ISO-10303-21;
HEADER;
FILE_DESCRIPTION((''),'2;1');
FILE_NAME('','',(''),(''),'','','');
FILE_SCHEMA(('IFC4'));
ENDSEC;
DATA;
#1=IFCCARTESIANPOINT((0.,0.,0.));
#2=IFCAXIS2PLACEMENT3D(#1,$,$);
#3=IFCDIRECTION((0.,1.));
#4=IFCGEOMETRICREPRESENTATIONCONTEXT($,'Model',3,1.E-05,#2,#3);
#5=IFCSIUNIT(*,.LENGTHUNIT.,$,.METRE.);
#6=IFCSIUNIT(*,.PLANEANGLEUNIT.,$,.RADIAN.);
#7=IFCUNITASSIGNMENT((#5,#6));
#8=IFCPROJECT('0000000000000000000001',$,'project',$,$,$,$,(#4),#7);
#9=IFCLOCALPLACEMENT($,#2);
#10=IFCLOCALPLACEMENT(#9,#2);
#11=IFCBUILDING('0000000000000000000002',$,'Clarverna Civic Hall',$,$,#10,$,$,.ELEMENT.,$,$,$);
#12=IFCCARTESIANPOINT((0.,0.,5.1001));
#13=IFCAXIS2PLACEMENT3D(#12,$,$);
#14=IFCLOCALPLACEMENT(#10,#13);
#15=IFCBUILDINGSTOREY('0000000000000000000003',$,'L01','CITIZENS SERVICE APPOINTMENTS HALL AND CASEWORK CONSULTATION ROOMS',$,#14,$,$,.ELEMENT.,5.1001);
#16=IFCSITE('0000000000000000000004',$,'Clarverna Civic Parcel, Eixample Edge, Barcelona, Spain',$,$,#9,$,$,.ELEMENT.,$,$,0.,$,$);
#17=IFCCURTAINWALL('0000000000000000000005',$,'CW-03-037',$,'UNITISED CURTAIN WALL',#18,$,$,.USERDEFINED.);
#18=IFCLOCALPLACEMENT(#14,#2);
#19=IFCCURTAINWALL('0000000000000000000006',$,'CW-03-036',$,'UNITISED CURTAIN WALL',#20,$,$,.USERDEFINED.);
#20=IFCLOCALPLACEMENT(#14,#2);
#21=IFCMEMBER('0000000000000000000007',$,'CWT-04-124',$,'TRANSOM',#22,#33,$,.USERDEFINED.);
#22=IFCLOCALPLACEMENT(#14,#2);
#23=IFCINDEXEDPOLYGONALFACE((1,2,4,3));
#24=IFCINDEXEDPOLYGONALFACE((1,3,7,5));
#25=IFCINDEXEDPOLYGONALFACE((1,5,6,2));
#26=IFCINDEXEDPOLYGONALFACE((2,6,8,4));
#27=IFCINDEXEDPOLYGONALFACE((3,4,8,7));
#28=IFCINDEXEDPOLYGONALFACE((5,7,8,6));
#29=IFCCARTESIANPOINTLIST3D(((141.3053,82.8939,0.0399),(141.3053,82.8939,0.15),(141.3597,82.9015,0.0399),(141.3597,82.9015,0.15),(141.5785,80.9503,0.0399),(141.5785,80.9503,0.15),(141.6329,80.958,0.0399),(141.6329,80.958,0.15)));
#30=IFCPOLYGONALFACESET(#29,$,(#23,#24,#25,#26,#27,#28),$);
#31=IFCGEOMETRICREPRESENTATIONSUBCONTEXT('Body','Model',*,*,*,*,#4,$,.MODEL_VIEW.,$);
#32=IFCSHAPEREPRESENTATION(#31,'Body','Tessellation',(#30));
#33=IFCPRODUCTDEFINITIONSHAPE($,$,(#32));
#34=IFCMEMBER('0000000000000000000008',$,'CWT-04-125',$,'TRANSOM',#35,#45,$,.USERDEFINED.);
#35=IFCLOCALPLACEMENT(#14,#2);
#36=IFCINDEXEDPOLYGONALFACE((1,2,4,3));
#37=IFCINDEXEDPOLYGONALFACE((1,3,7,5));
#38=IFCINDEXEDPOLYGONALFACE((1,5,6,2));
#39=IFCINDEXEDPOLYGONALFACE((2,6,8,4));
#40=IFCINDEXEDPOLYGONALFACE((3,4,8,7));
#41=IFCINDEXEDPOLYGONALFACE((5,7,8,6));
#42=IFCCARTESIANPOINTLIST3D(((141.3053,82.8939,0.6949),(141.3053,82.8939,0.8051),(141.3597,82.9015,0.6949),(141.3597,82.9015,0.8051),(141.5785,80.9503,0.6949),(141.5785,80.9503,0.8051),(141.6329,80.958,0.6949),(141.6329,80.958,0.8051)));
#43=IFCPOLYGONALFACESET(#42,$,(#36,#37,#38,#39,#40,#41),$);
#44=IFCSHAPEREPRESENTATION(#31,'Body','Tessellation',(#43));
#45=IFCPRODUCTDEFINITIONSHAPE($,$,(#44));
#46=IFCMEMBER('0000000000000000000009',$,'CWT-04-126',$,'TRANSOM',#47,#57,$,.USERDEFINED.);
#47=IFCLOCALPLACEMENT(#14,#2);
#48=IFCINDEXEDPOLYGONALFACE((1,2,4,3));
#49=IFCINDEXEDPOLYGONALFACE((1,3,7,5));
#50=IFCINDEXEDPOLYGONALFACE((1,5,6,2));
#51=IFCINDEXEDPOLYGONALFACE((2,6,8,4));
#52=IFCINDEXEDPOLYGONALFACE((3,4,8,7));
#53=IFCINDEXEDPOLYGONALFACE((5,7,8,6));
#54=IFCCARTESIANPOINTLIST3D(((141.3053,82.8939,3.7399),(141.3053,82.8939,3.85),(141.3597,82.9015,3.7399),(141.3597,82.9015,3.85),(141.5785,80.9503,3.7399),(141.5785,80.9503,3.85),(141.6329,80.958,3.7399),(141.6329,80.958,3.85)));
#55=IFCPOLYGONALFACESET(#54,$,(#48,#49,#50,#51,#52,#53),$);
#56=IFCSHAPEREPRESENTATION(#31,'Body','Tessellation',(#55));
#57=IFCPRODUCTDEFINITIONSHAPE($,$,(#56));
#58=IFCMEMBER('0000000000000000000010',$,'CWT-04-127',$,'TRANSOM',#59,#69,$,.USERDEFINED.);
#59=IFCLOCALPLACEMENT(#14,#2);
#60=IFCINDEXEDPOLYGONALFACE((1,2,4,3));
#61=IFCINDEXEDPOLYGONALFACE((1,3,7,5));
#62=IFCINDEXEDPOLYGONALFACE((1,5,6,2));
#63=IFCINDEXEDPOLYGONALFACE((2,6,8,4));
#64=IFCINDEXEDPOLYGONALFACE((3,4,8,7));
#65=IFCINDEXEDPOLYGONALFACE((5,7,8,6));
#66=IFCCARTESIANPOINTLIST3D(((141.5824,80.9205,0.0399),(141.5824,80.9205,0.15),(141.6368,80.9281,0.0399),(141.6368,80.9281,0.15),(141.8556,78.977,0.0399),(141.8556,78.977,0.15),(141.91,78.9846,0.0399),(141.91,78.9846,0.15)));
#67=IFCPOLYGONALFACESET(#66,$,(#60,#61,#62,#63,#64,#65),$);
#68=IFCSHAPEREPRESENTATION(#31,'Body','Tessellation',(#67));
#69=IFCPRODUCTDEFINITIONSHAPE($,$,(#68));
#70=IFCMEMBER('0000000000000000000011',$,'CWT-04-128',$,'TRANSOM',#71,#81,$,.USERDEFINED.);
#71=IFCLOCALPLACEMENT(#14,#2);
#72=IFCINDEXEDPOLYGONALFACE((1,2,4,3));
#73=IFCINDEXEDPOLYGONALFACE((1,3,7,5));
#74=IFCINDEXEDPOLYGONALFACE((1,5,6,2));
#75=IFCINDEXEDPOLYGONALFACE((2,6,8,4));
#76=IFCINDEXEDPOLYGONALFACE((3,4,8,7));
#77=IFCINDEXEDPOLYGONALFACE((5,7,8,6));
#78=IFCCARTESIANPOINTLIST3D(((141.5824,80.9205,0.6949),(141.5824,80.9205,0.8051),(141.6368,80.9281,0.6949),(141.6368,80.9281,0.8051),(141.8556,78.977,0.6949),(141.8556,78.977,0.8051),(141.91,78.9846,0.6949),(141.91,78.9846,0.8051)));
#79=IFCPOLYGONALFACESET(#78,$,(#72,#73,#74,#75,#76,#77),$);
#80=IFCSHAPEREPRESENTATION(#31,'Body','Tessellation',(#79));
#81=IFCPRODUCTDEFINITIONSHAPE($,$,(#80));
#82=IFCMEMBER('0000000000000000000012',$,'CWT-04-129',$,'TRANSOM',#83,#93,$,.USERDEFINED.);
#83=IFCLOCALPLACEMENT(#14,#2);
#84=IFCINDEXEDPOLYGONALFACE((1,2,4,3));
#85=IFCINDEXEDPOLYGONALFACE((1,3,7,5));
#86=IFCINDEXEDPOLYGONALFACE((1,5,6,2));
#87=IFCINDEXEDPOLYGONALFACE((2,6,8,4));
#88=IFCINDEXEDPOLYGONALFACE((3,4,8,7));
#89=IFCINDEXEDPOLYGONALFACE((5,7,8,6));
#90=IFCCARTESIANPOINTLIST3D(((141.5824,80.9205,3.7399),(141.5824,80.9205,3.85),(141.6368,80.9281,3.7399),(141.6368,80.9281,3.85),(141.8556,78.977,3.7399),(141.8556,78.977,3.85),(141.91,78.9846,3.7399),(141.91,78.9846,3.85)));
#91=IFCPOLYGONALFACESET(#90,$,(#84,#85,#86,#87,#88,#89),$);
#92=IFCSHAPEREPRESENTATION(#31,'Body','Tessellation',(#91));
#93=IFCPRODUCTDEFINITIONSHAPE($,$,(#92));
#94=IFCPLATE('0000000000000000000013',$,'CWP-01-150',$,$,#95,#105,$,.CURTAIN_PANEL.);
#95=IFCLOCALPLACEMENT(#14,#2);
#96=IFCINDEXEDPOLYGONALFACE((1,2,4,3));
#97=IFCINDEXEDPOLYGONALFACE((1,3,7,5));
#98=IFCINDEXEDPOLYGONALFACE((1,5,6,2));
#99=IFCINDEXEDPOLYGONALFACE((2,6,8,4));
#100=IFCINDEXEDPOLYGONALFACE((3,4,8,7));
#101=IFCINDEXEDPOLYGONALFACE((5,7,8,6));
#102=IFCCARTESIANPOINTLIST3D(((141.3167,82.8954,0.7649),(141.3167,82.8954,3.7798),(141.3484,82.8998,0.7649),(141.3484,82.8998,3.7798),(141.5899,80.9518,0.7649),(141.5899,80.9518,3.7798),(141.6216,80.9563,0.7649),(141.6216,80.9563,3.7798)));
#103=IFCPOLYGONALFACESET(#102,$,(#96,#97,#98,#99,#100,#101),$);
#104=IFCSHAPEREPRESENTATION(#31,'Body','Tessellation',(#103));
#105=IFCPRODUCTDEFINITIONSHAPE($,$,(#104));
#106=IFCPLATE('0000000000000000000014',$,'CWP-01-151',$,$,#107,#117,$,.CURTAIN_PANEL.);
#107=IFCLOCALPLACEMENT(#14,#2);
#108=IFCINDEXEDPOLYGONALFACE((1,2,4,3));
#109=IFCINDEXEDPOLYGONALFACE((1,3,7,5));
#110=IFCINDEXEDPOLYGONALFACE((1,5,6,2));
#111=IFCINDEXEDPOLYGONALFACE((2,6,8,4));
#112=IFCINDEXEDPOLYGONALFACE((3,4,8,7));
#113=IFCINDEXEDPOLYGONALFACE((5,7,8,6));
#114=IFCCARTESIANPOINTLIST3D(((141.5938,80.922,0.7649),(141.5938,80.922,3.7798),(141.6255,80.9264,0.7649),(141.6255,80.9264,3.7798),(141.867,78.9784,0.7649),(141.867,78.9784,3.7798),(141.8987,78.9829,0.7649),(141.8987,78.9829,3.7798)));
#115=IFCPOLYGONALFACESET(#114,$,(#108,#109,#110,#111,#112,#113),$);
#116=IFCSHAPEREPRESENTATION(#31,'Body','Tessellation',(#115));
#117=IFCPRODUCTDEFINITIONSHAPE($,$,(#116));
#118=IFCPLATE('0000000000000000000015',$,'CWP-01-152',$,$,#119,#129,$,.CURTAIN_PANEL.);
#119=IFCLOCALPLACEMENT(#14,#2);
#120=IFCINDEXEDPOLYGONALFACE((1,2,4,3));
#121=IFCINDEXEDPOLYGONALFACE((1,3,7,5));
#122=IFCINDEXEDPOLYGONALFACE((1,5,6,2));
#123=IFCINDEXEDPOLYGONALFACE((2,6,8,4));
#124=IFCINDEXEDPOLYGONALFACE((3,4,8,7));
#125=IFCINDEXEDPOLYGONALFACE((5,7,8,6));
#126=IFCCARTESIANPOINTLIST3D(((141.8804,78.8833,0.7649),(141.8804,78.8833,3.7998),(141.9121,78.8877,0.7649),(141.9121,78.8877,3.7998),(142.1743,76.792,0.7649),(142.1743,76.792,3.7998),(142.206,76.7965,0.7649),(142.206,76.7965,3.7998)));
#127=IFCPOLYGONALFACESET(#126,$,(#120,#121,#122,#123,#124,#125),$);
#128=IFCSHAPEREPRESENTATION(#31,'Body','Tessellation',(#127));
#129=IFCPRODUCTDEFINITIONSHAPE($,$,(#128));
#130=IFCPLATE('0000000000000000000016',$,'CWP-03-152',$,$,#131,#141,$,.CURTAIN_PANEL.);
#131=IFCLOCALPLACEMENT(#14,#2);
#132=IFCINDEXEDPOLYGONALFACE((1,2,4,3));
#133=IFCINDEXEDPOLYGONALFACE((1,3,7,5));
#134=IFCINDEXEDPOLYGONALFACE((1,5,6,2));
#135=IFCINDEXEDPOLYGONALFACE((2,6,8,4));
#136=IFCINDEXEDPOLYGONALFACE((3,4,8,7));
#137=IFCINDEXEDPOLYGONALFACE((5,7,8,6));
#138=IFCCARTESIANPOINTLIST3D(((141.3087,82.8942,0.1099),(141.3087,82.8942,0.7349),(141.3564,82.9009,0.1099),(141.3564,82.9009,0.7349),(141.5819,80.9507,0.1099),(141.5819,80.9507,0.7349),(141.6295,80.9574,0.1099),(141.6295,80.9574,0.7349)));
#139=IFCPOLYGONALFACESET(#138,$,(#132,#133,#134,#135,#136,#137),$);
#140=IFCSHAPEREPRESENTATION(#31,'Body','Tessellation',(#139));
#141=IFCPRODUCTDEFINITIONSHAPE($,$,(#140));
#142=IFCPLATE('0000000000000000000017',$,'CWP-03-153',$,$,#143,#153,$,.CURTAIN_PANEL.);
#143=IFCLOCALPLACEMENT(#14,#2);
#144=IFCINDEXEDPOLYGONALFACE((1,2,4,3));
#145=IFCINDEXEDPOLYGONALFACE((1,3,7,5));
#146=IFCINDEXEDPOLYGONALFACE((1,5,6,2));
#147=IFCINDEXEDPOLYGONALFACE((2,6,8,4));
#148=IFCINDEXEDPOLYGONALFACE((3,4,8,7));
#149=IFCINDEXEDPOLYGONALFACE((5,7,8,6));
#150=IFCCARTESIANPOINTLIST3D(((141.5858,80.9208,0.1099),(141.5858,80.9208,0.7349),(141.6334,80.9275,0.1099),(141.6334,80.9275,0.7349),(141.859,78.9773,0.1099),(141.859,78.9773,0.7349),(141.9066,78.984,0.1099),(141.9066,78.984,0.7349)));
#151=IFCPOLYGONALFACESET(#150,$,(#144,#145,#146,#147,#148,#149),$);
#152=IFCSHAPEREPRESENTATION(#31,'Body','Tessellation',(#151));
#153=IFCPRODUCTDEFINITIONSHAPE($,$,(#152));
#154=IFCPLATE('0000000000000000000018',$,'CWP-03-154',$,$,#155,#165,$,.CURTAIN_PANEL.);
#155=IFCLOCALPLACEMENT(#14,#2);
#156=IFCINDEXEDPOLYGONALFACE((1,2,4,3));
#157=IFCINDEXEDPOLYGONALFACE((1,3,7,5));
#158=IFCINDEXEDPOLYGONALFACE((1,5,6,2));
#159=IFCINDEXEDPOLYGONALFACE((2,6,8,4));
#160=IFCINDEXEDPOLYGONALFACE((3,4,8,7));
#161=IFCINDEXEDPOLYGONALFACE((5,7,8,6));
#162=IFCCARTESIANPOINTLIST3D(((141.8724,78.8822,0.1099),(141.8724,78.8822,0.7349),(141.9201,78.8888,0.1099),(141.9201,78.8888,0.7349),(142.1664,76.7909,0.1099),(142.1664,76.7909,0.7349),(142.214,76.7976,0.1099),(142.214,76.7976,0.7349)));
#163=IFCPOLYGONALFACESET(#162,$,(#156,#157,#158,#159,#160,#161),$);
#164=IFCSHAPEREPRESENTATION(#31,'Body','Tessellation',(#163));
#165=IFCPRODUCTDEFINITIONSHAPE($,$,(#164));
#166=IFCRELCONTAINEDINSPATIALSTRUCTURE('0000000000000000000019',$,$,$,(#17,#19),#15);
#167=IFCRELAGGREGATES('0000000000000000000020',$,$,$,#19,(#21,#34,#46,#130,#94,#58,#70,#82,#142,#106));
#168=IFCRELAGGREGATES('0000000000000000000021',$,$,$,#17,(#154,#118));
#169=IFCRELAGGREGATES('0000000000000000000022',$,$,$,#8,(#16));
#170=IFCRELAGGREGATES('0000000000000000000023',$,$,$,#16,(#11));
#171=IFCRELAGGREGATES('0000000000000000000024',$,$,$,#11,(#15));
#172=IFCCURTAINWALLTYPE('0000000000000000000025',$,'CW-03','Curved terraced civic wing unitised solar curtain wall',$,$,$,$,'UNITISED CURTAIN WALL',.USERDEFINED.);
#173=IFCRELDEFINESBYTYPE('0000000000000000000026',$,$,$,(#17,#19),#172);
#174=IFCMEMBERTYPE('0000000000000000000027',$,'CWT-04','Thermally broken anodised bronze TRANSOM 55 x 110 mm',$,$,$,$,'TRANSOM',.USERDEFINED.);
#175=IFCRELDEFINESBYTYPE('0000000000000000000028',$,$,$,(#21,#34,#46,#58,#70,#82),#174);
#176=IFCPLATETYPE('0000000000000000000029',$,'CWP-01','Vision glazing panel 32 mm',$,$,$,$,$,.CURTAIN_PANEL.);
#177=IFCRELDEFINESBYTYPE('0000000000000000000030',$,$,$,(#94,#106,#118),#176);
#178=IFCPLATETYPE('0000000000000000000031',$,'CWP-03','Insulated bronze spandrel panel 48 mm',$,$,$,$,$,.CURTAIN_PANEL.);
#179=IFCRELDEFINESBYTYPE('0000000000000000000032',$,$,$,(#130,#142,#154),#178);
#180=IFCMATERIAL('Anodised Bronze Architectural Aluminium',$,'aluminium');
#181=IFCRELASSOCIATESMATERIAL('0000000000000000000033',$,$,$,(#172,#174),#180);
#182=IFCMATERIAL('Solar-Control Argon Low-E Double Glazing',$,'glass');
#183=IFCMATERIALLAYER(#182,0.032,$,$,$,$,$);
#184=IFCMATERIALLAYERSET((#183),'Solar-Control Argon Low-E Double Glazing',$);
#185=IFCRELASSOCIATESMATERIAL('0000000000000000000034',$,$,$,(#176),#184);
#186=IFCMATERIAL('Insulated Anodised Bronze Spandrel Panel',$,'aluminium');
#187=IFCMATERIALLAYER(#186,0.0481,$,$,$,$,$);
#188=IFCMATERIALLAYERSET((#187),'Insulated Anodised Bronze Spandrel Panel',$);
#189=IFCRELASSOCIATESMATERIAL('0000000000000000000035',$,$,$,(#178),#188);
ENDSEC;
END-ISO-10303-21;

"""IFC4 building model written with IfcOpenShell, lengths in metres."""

from ifc_helpers import new_model, si_unit, direction, frame, frame_2d, origin, origin_2d, place, context, subcontext, project, spatial, rectangle, extrude, material, layer, layer_set, material_profile, profile_set, type_object, element, aggregate, save


model = new_model("IFC4")

# Units and contexts
model_context = context("Model", 3, precision=1e-05, world=origin(), true_north=direction((0.0, 1.0)))
body_context = subcontext(model_context, "Body", "Model", "MODEL_VIEW")
ifc_project = project(units=[si_unit("LENGTHUNIT", "METRE"), si_unit("PLANEANGLEUNIT", "RADIAN")], contexts=[model_context])

# Site, building, storey
site_placement = place(None, origin())
site = spatial("IfcSite", under=ifc_project, at=site_placement, Name="Clarverna Civic Parcel, Eixample Edge, Barcelona, Spain", CompositionType="ELEMENT", RefElevation=0.0)
building_placement = place(site_placement, origin())
building = spatial("IfcBuilding", under=site, at=building_placement, Name="Clarverna Civic Hall", CompositionType="ELEMENT")
storey_placement = place(building_placement, frame((0.0, 0.0, 5.1001)))
storey = spatial("IfcBuildingStorey", under=building, at=storey_placement, Name="L01", Description="CITIZENS SERVICE APPOINTMENTS HALL AND CASEWORK CONSULTATION ROOMS", CompositionType="ELEMENT", Elevation=5.1001)

# Curtain wall
ifc_material_1 = material(Name="Anodised Bronze Architectural Aluminium", Category="aluminium")
curtain_wall_type = type_object("IfcCurtainWallType", Name="CW-03", Description="Curved terraced civic wing unitised solar curtain wall", ElementType="UNITISED CURTAIN WALL", PredefinedType="USERDEFINED", material=ifc_material_1)
curtain_wall_1_placement = place(storey_placement, origin())
curtain_wall_1 = element("IfcCurtainWall", 1, at=curtain_wall_1_placement, inside=storey, type_object=curtain_wall_type, Name="CW-03-037", ObjectType="UNITISED CURTAIN WALL", PredefinedType="USERDEFINED")

# Curtain wall
curtain_wall_2_placement = place(storey_placement, origin())
curtain_wall_2 = element("IfcCurtainWall", 2, at=curtain_wall_2_placement, inside=storey, type_object=curtain_wall_type, Name="CW-03-036", ObjectType="UNITISED CURTAIN WALL", PredefinedType="USERDEFINED")

# Members
ifc_material_profile_1 = material_profile(ifc_material_1, rectangle(XDim=0.0549, YDim=0.1101, at=origin_2d()), Name="BRONZE 55x110")
ifc_profile_set_1 = profile_set([ifc_material_profile_1], Name="Anodised Bronze Architectural Aluminium")
member_type_1 = type_object("IfcMemberType", Name="CWT-04", Description="Thermally broken anodised bronze TRANSOM 55 x 110 mm", ElementType="TRANSOM", PredefinedType="USERDEFINED", material=ifc_profile_set_1)
member_1_placement = place(storey_placement, frame((141.3325, 82.8977, 0.095), z_axis=(0.139192, -0.990265, 0.0), x_axis=(0.990265, 0.139192, 0.0)))
member_1 = element("IfcMember", 3, at=member_1_placement, type_object=member_type_1, Name="CWT-04-124", ObjectType="TRANSOM", PredefinedType="USERDEFINED", context=body_context, shape_type="SweptSolid", body=[
    extrude(rectangle(XDim=0.0549, YDim=0.1101, at=origin_2d()), origin(), (0.0, 0.0, 1.0), 1.9626),
])
member_2_placement = place(storey_placement, frame((141.3325, 82.8977, 0.75), z_axis=(0.139192, -0.990265, 0.0), x_axis=(0.990265, 0.139192, 0.0)))
member_2 = element("IfcMember", 4, at=member_2_placement, type_object=member_type_1, Name="CWT-04-125", ObjectType="TRANSOM", PredefinedType="USERDEFINED", context=body_context, shape_type="SweptSolid", body=[
    extrude(rectangle(XDim=0.0549, YDim=0.1101, at=origin_2d()), origin(), (0.0, 0.0, 1.0), 1.9626),
])
member_3_placement = place(storey_placement, frame((141.3325, 82.8977, 3.7949), z_axis=(0.139192, -0.990265, 0.0), x_axis=(0.990265, 0.139192, 0.0)))
member_3 = element("IfcMember", 5, at=member_3_placement, type_object=member_type_1, Name="CWT-04-126", ObjectType="TRANSOM", PredefinedType="USERDEFINED", context=body_context, shape_type="SweptSolid", body=[
    extrude(rectangle(XDim=0.0549, YDim=0.1101, at=origin_2d()), origin(), (0.0, 0.0, 1.0), 1.9626),
])
member_4_placement = place(storey_placement, frame((141.6096, 80.9243, 0.095), z_axis=(0.139192, -0.990265, 0.0), x_axis=(0.990265, 0.139192, 0.0)))
member_4 = element("IfcMember", 6, at=member_4_placement, type_object=member_type_1, Name="CWT-04-127", ObjectType="TRANSOM", PredefinedType="USERDEFINED", context=body_context, shape_type="SweptSolid", body=[
    extrude(rectangle(XDim=0.0549, YDim=0.1101, at=origin_2d()), origin(), (0.0, 0.0, 1.0), 1.9626),
])
member_5_placement = place(storey_placement, frame((141.6096, 80.9243, 0.75), z_axis=(0.139192, -0.990265, 0.0), x_axis=(0.990265, 0.139192, 0.0)))
member_5 = element("IfcMember", 7, at=member_5_placement, type_object=member_type_1, Name="CWT-04-128", ObjectType="TRANSOM", PredefinedType="USERDEFINED", context=body_context, shape_type="SweptSolid", body=[
    extrude(rectangle(XDim=0.0549, YDim=0.1101, at=origin_2d()), origin(), (0.0, 0.0, 1.0), 1.9626),
])
member_6_placement = place(storey_placement, frame((141.6096, 80.9243, 3.7949), z_axis=(0.139192, -0.990265, 0.0), x_axis=(0.990265, 0.139192, 0.0)))
member_6 = element("IfcMember", 8, at=member_6_placement, type_object=member_type_1, Name="CWT-04-129", ObjectType="TRANSOM", PredefinedType="USERDEFINED", context=body_context, shape_type="SweptSolid", body=[
    extrude(rectangle(XDim=0.0549, YDim=0.1101, at=origin_2d()), origin(), (0.0, 0.0, 1.0), 1.9626),
])

# Plates
ifc_material_2 = material(Name="Solar-Control Argon Low-E Double Glazing", Category="glass")
ifc_layer_1 = layer(ifc_material_2, 0.032)
ifc_layer_set_1 = layer_set([ifc_layer_1], Name="Solar-Control Argon Low-E Double Glazing")
plate_type_1 = type_object("IfcPlateType", Name="CWP-01", Description="Vision glazing panel 32 mm", PredefinedType="CURTAIN_PANEL", material=ifc_layer_set_1)
plate_1_placement = place(storey_placement, frame((141.3325, 82.8977, 0.7649), z_axis=(0.0, 0.0, 1.0), x_axis=(0.139192, -0.990265, 0.0)))
plate_1 = element("IfcPlate", 9, at=plate_1_placement, type_object=plate_type_1, Name="CWP-01-150", PredefinedType="CURTAIN_PANEL", context=body_context, shape_type="SweptSolid", body=[
    extrude(rectangle(XDim=1.9626, YDim=0.032, at=frame_2d((0.9814, 0.0))), origin(), (0.0, 0.0, 1.0), 3.0149),
])
plate_2_placement = place(storey_placement, frame((141.6096, 80.9243, 0.7649), z_axis=(0.0, 0.0, 1.0), x_axis=(0.139192, -0.990265, 0.0)))
plate_2 = element("IfcPlate", 10, at=plate_2_placement, type_object=plate_type_1, Name="CWP-01-151", PredefinedType="CURTAIN_PANEL", context=body_context, shape_type="SweptSolid", body=[
    extrude(rectangle(XDim=1.9626, YDim=0.032, at=frame_2d((0.9814, 0.0))), origin(), (0.0, 0.0, 1.0), 3.0149),
])
plate_3_placement = place(storey_placement, frame((141.8962, 78.8855, 0.7649), z_axis=(0.0, 0.0, 1.0), x_axis=(0.139188, -0.990266, 0.0)))
plate_3 = element("IfcPlate", 11, at=plate_3_placement, type_object=plate_type_1, Name="CWP-01-152", PredefinedType="CURTAIN_PANEL", context=body_context, shape_type="SweptSolid", body=[
    extrude(rectangle(XDim=2.1118, YDim=0.032, at=frame_2d((1.0559, 0.0))), origin(), (0.0, 0.0, 1.0), 3.0349),
])
ifc_material_3 = material(Name="Insulated Anodised Bronze Spandrel Panel", Category="aluminium")
ifc_layer_2 = layer(ifc_material_3, 0.0481)
ifc_layer_set_2 = layer_set([ifc_layer_2], Name="Insulated Anodised Bronze Spandrel Panel")
plate_type_2 = type_object("IfcPlateType", Name="CWP-03", Description="Insulated bronze spandrel panel 48 mm", PredefinedType="CURTAIN_PANEL", material=ifc_layer_set_2)
plate_4_placement = place(storey_placement, frame((141.3325, 82.8977, 0.1099), z_axis=(0.0, 0.0, 1.0), x_axis=(0.139192, -0.990265, 0.0)))
plate_4 = element("IfcPlate", 12, at=plate_4_placement, type_object=plate_type_2, Name="CWP-03-152", PredefinedType="CURTAIN_PANEL", context=body_context, shape_type="SweptSolid", body=[
    extrude(rectangle(XDim=1.9626, YDim=0.0481, at=frame_2d((0.9814, 0.0))), origin(), (0.0, 0.0, 1.0), 0.625),
])
plate_5_placement = place(storey_placement, frame((141.6096, 80.9243, 0.1099), z_axis=(0.0, 0.0, 1.0), x_axis=(0.139192, -0.990265, 0.0)))
plate_5 = element("IfcPlate", 13, at=plate_5_placement, type_object=plate_type_2, Name="CWP-03-153", PredefinedType="CURTAIN_PANEL", context=body_context, shape_type="SweptSolid", body=[
    extrude(rectangle(XDim=1.9626, YDim=0.0481, at=frame_2d((0.9814, 0.0))), origin(), (0.0, 0.0, 1.0), 0.625),
])
aggregate(curtain_wall_2, [member_1, member_2, member_3, plate_4, plate_1, member_4, member_5, member_6, plate_5, plate_2])
plate_6_placement = place(storey_placement, frame((141.8962, 78.8855, 0.1099), z_axis=(0.0, 0.0, 1.0), x_axis=(0.139188, -0.990266, 0.0)))
plate_6 = element("IfcPlate", 14, at=plate_6_placement, type_object=plate_type_2, Name="CWP-03-154", PredefinedType="CURTAIN_PANEL", context=body_context, shape_type="SweptSolid", body=[
    extrude(rectangle(XDim=2.1118, YDim=0.0481, at=frame_2d((1.0559, 0.0))), origin(), (0.0, 0.0, 1.0), 0.625),
])
aggregate(curtain_wall_1, [plate_6, plate_3])

save(model, "model.ifc")
